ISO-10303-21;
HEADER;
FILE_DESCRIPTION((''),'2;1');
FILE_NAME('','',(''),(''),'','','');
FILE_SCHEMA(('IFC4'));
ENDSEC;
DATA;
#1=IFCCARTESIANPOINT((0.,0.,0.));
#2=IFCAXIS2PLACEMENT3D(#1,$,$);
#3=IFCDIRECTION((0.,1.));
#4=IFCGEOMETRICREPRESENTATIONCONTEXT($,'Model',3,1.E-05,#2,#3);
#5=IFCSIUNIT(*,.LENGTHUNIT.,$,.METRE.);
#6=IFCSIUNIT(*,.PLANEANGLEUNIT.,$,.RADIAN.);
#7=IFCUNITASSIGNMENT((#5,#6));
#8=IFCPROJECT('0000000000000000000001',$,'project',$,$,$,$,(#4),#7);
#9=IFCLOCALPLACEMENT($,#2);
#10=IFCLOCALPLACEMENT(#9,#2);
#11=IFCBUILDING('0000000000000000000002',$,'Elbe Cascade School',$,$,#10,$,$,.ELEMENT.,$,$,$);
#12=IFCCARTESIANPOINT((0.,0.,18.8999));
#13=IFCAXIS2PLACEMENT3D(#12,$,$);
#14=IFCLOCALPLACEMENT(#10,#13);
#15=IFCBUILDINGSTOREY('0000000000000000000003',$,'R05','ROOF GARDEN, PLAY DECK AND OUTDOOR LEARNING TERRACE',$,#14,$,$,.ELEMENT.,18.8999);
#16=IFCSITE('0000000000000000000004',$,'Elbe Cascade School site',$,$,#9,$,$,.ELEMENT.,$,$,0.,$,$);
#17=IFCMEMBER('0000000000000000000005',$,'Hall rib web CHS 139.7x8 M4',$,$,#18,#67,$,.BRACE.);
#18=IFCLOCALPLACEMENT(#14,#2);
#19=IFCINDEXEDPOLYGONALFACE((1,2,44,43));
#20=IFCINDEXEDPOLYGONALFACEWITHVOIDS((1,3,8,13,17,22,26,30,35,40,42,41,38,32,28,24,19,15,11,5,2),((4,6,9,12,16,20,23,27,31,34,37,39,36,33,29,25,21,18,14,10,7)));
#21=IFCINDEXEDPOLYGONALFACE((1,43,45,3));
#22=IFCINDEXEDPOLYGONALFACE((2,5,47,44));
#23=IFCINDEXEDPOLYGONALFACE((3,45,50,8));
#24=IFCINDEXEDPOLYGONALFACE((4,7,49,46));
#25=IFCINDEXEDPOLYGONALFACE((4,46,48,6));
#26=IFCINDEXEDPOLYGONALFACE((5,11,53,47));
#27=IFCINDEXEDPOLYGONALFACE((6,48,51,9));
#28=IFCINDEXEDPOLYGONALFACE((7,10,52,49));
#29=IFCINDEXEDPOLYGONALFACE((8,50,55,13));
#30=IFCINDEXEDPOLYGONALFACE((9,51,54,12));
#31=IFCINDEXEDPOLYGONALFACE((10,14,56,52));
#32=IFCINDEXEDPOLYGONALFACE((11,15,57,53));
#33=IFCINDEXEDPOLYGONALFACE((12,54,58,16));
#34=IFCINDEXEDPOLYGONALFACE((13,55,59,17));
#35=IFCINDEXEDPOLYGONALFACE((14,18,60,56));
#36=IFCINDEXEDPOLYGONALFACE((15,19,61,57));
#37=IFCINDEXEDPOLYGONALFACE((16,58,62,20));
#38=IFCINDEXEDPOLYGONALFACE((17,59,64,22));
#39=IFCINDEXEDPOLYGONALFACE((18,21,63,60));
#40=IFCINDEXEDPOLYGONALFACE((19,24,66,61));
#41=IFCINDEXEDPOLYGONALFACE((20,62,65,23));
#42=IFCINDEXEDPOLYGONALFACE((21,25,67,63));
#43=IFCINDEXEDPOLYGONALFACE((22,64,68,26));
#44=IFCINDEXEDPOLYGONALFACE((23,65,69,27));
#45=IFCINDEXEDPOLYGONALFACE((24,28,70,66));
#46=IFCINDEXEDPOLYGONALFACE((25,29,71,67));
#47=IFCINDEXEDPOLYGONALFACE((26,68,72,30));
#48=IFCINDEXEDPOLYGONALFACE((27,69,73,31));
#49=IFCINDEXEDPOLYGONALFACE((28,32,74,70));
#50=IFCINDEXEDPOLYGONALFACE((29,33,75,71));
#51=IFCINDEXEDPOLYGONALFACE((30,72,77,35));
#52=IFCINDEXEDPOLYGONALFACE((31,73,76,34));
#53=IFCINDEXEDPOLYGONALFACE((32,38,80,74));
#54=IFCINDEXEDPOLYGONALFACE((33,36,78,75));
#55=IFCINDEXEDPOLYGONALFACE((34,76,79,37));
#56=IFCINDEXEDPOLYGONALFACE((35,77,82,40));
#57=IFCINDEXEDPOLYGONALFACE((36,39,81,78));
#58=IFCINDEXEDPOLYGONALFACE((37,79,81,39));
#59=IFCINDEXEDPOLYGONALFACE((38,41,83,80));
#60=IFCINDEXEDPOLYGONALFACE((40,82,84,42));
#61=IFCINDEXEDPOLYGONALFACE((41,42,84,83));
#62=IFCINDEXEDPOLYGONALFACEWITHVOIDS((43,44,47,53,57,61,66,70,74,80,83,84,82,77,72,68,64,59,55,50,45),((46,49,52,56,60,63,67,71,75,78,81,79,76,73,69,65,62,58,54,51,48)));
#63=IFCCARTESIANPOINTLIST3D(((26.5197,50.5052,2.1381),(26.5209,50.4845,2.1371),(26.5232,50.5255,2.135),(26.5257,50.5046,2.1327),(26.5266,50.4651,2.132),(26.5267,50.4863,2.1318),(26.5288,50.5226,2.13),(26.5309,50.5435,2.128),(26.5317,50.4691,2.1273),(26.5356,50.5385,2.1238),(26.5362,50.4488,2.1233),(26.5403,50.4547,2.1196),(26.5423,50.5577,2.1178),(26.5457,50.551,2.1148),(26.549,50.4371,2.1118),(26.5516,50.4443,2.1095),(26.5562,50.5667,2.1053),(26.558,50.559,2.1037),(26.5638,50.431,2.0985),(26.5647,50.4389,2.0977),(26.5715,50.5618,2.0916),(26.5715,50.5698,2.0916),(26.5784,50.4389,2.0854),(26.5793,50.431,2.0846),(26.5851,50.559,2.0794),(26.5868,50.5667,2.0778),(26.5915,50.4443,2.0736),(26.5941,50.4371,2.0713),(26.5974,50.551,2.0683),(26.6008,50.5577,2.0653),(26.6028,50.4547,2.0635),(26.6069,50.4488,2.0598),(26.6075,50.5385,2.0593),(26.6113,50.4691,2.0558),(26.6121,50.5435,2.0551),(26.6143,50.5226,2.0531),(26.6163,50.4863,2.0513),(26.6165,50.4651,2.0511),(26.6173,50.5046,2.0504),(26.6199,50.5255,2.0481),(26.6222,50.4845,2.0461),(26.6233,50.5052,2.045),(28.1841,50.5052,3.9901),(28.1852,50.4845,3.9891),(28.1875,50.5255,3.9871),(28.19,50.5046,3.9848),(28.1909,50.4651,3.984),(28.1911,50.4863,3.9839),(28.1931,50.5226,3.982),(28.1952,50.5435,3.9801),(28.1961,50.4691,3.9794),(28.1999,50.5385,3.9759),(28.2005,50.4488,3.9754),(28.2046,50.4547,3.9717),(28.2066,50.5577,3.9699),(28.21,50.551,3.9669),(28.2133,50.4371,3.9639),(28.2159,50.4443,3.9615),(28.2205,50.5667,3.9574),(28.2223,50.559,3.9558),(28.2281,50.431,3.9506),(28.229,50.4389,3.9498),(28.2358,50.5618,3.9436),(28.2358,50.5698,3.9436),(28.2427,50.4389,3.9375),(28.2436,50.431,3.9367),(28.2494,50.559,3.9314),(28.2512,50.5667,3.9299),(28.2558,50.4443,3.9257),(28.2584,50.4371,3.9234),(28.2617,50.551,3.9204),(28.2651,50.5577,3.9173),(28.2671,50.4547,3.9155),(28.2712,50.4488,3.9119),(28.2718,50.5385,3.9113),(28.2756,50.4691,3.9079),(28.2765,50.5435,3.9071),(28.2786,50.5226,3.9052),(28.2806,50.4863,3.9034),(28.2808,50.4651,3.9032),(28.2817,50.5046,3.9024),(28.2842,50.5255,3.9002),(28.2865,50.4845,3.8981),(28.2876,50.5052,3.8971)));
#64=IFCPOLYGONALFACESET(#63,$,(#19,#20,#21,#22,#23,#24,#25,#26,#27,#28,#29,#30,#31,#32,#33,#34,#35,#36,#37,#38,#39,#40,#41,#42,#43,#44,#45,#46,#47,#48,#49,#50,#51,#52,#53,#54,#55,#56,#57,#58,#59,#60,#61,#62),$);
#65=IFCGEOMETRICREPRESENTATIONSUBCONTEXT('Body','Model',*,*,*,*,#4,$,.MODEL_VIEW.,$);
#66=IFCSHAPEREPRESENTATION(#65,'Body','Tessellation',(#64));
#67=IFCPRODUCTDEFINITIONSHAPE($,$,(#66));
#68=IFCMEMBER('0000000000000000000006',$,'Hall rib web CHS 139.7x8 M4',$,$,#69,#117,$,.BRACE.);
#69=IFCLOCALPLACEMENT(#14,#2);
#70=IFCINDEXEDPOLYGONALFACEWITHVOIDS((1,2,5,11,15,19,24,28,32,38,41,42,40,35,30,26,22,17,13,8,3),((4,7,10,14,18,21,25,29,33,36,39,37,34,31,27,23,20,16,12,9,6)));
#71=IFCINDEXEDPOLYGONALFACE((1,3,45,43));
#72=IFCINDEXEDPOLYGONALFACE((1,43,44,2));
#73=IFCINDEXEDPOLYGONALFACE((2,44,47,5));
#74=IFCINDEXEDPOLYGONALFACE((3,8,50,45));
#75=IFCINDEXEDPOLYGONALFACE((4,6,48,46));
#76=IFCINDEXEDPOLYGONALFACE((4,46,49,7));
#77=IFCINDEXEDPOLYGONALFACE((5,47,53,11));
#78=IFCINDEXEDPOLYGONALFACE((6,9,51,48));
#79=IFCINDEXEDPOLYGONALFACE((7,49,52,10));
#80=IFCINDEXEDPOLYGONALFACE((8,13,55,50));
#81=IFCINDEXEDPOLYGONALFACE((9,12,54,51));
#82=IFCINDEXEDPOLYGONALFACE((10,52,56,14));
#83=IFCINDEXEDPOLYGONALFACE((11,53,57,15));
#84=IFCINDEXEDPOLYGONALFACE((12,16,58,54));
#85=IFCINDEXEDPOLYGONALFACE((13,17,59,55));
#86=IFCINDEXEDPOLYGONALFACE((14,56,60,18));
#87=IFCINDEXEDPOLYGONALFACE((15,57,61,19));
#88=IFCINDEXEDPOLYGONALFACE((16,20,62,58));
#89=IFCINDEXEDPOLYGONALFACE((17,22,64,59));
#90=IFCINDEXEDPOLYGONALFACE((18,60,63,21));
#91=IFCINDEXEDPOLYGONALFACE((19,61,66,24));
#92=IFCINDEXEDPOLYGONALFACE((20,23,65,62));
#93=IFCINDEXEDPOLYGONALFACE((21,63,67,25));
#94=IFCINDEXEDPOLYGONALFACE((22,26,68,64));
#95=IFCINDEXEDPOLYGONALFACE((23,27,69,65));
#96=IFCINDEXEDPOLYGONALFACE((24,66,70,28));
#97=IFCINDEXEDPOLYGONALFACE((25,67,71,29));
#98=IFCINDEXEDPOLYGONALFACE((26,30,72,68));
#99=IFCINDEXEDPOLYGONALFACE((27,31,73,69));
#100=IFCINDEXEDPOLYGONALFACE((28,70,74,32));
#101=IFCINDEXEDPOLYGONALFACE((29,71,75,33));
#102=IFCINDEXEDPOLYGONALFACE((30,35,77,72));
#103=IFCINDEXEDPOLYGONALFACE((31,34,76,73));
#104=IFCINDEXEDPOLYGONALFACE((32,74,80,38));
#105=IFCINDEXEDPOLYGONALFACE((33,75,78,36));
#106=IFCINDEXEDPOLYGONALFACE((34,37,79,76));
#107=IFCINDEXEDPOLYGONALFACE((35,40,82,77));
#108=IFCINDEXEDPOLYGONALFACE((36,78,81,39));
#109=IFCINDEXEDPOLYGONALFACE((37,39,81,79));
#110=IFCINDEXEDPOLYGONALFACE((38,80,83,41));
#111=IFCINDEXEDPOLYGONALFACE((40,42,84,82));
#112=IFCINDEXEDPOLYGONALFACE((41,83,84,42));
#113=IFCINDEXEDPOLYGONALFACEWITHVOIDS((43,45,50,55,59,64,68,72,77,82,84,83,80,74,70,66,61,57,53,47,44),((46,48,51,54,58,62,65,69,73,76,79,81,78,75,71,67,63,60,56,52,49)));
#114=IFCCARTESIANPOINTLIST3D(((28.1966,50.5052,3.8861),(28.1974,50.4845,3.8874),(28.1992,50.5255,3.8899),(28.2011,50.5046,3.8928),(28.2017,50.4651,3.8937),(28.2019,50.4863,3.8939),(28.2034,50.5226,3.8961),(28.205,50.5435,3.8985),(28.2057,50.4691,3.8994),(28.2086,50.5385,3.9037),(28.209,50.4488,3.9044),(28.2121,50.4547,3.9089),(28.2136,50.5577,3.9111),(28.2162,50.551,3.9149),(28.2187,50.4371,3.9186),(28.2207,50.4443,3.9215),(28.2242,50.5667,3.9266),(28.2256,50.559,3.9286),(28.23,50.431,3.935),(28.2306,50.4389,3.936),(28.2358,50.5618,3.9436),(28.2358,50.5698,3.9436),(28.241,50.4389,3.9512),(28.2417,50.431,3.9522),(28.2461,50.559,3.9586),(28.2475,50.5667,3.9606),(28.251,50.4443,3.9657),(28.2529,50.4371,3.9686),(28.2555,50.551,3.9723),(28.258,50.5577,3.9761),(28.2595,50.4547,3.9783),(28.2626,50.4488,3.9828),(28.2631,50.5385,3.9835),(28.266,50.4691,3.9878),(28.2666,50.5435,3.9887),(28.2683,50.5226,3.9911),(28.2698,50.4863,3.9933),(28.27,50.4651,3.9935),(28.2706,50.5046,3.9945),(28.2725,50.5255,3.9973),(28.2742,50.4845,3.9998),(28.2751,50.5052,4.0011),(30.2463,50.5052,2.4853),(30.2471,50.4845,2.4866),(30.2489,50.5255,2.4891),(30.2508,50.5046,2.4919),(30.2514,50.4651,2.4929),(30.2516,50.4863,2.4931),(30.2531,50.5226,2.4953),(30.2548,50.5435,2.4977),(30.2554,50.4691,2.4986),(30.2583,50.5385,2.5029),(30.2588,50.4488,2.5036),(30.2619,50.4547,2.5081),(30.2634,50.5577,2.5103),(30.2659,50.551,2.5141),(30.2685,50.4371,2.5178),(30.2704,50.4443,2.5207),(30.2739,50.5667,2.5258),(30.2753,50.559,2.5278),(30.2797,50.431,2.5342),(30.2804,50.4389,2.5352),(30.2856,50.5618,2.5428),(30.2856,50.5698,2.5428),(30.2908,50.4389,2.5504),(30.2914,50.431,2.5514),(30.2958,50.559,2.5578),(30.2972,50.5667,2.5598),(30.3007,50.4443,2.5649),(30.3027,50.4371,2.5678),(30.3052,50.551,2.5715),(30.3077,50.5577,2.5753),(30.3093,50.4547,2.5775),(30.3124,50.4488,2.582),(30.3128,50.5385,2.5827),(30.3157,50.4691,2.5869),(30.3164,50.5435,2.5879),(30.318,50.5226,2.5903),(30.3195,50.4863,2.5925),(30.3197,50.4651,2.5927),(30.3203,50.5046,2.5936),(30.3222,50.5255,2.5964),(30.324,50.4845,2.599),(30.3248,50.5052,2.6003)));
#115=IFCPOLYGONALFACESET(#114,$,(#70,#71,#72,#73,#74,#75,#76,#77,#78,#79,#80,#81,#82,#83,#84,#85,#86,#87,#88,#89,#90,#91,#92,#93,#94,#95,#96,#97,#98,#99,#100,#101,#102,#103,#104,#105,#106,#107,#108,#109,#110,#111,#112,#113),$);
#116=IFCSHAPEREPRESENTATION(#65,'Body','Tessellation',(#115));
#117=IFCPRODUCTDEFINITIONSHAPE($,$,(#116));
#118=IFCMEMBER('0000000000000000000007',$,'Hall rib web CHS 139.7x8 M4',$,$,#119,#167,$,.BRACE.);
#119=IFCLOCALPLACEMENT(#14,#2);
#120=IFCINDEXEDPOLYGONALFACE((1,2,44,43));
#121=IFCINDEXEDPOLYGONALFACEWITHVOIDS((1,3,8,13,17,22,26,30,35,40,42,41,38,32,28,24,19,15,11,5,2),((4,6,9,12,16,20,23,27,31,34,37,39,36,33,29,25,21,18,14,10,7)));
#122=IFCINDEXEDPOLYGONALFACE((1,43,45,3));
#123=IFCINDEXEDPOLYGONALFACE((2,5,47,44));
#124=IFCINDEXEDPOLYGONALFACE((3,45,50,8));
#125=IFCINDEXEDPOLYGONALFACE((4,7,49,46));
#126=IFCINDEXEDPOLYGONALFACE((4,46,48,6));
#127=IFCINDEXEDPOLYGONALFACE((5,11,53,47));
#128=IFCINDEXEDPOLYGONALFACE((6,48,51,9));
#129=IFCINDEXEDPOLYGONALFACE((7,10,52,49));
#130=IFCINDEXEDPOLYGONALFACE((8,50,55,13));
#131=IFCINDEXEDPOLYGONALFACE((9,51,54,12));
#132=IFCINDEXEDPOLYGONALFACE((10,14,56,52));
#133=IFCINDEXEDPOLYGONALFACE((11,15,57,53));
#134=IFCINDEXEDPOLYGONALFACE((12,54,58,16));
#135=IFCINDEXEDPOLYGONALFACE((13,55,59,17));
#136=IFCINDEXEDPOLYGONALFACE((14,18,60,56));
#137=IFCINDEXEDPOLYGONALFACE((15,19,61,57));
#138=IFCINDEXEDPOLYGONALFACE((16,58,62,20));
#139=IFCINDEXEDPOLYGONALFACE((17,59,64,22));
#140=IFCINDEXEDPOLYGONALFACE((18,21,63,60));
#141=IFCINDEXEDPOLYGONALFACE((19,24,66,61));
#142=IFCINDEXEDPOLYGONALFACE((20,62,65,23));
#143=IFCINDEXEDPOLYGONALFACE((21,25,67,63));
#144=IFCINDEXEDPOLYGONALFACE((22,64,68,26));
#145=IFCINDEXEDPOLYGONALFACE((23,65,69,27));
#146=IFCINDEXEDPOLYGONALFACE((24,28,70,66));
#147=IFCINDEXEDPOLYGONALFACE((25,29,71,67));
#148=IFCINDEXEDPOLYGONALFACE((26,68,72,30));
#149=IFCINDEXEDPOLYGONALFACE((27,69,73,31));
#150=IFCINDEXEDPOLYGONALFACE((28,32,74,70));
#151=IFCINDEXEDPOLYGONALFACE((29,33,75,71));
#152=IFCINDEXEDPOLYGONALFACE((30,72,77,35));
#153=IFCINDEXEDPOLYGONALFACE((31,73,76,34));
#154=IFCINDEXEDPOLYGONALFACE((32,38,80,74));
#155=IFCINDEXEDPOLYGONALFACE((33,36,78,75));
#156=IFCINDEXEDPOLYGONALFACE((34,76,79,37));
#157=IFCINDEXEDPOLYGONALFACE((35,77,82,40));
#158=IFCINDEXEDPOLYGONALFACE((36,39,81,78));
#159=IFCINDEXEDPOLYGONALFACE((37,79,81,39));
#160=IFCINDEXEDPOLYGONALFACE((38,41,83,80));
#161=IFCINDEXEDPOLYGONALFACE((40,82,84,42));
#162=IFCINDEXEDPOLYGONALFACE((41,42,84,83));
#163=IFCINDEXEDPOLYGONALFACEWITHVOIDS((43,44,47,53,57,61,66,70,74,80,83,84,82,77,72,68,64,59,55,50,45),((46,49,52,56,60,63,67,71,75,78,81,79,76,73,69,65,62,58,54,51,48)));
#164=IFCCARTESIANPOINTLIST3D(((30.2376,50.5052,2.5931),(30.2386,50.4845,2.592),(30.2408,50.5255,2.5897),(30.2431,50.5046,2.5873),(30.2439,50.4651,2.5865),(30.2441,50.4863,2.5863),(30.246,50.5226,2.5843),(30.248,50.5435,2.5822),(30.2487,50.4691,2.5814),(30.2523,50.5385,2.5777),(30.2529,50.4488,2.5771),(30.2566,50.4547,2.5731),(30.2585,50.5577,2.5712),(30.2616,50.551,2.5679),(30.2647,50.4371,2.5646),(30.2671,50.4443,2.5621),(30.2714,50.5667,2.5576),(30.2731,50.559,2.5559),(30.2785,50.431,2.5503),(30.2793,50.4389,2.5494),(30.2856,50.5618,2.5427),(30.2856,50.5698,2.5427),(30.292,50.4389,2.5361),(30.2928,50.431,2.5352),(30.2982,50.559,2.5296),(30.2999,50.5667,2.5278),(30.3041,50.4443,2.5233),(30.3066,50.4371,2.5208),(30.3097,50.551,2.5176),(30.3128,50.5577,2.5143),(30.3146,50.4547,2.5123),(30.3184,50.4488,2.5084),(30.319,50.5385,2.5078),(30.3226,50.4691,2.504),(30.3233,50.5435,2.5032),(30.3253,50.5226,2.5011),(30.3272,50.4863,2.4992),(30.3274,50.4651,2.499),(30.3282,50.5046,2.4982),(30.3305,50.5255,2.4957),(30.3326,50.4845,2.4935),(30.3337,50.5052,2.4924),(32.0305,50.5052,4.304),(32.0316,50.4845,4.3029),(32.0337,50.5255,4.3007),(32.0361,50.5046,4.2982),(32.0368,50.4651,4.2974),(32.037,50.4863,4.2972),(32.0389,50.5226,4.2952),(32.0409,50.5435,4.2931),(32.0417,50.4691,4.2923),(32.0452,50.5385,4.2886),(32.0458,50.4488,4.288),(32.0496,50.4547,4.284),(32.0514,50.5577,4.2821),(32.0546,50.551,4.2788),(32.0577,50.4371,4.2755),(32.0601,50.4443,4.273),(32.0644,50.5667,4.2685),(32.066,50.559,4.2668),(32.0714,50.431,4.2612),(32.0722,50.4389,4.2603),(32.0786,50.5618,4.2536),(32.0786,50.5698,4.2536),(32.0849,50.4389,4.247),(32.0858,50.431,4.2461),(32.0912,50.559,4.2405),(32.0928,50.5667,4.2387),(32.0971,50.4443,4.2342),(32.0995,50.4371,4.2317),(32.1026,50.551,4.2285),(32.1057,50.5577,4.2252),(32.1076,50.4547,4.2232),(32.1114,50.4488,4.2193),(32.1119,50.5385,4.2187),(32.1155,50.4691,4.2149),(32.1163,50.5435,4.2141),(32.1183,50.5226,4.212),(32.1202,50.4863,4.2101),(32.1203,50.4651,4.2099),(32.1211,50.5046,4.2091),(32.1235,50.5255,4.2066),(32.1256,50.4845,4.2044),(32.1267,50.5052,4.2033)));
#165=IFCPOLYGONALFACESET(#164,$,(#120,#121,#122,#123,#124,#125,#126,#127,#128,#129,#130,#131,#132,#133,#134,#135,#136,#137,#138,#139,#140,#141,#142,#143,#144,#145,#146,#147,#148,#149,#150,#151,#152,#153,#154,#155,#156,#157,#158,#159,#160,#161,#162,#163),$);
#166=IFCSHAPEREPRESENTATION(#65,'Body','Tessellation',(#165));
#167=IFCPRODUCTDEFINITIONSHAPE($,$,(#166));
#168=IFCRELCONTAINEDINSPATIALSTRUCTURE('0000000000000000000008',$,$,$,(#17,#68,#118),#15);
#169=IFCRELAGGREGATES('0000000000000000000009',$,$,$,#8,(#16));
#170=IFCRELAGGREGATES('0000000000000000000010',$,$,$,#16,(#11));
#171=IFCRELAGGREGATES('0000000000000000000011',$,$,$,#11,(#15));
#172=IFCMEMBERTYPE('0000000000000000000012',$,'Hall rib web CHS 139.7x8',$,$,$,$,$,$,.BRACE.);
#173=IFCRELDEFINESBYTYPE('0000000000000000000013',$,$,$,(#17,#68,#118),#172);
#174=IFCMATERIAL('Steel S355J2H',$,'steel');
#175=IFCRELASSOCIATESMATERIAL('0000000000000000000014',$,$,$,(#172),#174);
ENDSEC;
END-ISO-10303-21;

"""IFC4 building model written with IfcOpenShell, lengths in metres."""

from ifc_helpers import new_model, si_unit, direction, frame, origin, origin_2d, place, context, subcontext, project, spatial, hollow_circle, extrude, material, material_profile, profile_set, type_object, element, save


model = new_model("IFC4")

# Units and contexts
model_context = context("Model", 3, precision=1e-05, world=origin(), true_north=direction((0.0, 1.0)))
body_context = subcontext(model_context, "Body", "Model", "MODEL_VIEW")
ifc_project = project(units=[si_unit("LENGTHUNIT", "METRE"), si_unit("PLANEANGLEUNIT", "RADIAN")], contexts=[model_context])

# Site, building, storey
site_placement = place(None, origin())
site = spatial("IfcSite", under=ifc_project, at=site_placement, Name="Elbe Cascade School site", CompositionType="ELEMENT", RefElevation=0.0)
building_placement = place(site_placement, origin())
building = spatial("IfcBuilding", under=site, at=building_placement, Name="Elbe Cascade School", CompositionType="ELEMENT")
storey_placement = place(building_placement, frame((0.0, 0.0, 18.8999)))
storey = spatial("IfcBuildingStorey", under=building, at=storey_placement, Name="R05", Description="ROOF GARDEN, PLAY DECK AND OUTDOOR LEARNING TERRACE", CompositionType="ELEMENT", Elevation=18.8999)

# Members
ifc_material_1 = material(Name="Steel S355J2H", Category="steel")
ifc_material_profile_1 = material_profile(ifc_material_1, hollow_circle(Radius=0.0698, WallThickness=0.0081, at=origin_2d()), Name="CHS 139.7x8")
ifc_profile_set_1 = profile_set([ifc_material_profile_1], Name="Steel S355J2H")
member_type_1 = type_object("IfcMemberType", Name="Hall rib web CHS 139.7x8", PredefinedType="BRACE", material=ifc_profile_set_1)
member_1_placement = place(storey_placement, frame((26.5715, 50.5, 2.0916), z_axis=(0.668401, 0.0, 0.743801), x_axis=(0.0, 1.0, 0.0)))
element("IfcMember", 1, at=member_1_placement, inside=storey, type_object=member_type_1, Name="Hall rib web CHS 139.7x8 M4", PredefinedType="BRACE", context=body_context, shape_type="SweptSolid", body=[
    extrude(hollow_circle(Radius=0.0698, WallThickness=0.0081, at=origin_2d()), origin(), (0.0, 0.0, 1.0), 2.49),
])
member_2_placement = place(storey_placement, frame((28.2358, 50.5, 3.9436), z_axis=(0.825611, 0.0, -0.56424), x_axis=(0.0, 1.0, 0.0)))
element("IfcMember", 2, at=member_2_placement, inside=storey, type_object=member_type_1, Name="Hall rib web CHS 139.7x8 M4", PredefinedType="BRACE", context=body_context, shape_type="SweptSolid", body=[
    extrude(hollow_circle(Radius=0.0698, WallThickness=0.0081, at=origin_2d()), origin(), (0.0, 0.0, 1.0), 2.4827),
])
member_3_placement = place(storey_placement, frame((30.2856, 50.5, 2.5427), z_axis=(0.723463, 0.0, 0.690363), x_axis=(0.0, 1.0, 0.0)))
element("IfcMember", 3, at=member_3_placement, inside=storey, type_object=member_type_1, Name="Hall rib web CHS 139.7x8 M4", PredefinedType="BRACE", context=body_context, shape_type="SweptSolid", body=[
    extrude(hollow_circle(Radius=0.0698, WallThickness=0.0081, at=origin_2d()), origin(), (0.0, 0.0, 1.0), 2.4783),
])

save(model, "model.ifc")
